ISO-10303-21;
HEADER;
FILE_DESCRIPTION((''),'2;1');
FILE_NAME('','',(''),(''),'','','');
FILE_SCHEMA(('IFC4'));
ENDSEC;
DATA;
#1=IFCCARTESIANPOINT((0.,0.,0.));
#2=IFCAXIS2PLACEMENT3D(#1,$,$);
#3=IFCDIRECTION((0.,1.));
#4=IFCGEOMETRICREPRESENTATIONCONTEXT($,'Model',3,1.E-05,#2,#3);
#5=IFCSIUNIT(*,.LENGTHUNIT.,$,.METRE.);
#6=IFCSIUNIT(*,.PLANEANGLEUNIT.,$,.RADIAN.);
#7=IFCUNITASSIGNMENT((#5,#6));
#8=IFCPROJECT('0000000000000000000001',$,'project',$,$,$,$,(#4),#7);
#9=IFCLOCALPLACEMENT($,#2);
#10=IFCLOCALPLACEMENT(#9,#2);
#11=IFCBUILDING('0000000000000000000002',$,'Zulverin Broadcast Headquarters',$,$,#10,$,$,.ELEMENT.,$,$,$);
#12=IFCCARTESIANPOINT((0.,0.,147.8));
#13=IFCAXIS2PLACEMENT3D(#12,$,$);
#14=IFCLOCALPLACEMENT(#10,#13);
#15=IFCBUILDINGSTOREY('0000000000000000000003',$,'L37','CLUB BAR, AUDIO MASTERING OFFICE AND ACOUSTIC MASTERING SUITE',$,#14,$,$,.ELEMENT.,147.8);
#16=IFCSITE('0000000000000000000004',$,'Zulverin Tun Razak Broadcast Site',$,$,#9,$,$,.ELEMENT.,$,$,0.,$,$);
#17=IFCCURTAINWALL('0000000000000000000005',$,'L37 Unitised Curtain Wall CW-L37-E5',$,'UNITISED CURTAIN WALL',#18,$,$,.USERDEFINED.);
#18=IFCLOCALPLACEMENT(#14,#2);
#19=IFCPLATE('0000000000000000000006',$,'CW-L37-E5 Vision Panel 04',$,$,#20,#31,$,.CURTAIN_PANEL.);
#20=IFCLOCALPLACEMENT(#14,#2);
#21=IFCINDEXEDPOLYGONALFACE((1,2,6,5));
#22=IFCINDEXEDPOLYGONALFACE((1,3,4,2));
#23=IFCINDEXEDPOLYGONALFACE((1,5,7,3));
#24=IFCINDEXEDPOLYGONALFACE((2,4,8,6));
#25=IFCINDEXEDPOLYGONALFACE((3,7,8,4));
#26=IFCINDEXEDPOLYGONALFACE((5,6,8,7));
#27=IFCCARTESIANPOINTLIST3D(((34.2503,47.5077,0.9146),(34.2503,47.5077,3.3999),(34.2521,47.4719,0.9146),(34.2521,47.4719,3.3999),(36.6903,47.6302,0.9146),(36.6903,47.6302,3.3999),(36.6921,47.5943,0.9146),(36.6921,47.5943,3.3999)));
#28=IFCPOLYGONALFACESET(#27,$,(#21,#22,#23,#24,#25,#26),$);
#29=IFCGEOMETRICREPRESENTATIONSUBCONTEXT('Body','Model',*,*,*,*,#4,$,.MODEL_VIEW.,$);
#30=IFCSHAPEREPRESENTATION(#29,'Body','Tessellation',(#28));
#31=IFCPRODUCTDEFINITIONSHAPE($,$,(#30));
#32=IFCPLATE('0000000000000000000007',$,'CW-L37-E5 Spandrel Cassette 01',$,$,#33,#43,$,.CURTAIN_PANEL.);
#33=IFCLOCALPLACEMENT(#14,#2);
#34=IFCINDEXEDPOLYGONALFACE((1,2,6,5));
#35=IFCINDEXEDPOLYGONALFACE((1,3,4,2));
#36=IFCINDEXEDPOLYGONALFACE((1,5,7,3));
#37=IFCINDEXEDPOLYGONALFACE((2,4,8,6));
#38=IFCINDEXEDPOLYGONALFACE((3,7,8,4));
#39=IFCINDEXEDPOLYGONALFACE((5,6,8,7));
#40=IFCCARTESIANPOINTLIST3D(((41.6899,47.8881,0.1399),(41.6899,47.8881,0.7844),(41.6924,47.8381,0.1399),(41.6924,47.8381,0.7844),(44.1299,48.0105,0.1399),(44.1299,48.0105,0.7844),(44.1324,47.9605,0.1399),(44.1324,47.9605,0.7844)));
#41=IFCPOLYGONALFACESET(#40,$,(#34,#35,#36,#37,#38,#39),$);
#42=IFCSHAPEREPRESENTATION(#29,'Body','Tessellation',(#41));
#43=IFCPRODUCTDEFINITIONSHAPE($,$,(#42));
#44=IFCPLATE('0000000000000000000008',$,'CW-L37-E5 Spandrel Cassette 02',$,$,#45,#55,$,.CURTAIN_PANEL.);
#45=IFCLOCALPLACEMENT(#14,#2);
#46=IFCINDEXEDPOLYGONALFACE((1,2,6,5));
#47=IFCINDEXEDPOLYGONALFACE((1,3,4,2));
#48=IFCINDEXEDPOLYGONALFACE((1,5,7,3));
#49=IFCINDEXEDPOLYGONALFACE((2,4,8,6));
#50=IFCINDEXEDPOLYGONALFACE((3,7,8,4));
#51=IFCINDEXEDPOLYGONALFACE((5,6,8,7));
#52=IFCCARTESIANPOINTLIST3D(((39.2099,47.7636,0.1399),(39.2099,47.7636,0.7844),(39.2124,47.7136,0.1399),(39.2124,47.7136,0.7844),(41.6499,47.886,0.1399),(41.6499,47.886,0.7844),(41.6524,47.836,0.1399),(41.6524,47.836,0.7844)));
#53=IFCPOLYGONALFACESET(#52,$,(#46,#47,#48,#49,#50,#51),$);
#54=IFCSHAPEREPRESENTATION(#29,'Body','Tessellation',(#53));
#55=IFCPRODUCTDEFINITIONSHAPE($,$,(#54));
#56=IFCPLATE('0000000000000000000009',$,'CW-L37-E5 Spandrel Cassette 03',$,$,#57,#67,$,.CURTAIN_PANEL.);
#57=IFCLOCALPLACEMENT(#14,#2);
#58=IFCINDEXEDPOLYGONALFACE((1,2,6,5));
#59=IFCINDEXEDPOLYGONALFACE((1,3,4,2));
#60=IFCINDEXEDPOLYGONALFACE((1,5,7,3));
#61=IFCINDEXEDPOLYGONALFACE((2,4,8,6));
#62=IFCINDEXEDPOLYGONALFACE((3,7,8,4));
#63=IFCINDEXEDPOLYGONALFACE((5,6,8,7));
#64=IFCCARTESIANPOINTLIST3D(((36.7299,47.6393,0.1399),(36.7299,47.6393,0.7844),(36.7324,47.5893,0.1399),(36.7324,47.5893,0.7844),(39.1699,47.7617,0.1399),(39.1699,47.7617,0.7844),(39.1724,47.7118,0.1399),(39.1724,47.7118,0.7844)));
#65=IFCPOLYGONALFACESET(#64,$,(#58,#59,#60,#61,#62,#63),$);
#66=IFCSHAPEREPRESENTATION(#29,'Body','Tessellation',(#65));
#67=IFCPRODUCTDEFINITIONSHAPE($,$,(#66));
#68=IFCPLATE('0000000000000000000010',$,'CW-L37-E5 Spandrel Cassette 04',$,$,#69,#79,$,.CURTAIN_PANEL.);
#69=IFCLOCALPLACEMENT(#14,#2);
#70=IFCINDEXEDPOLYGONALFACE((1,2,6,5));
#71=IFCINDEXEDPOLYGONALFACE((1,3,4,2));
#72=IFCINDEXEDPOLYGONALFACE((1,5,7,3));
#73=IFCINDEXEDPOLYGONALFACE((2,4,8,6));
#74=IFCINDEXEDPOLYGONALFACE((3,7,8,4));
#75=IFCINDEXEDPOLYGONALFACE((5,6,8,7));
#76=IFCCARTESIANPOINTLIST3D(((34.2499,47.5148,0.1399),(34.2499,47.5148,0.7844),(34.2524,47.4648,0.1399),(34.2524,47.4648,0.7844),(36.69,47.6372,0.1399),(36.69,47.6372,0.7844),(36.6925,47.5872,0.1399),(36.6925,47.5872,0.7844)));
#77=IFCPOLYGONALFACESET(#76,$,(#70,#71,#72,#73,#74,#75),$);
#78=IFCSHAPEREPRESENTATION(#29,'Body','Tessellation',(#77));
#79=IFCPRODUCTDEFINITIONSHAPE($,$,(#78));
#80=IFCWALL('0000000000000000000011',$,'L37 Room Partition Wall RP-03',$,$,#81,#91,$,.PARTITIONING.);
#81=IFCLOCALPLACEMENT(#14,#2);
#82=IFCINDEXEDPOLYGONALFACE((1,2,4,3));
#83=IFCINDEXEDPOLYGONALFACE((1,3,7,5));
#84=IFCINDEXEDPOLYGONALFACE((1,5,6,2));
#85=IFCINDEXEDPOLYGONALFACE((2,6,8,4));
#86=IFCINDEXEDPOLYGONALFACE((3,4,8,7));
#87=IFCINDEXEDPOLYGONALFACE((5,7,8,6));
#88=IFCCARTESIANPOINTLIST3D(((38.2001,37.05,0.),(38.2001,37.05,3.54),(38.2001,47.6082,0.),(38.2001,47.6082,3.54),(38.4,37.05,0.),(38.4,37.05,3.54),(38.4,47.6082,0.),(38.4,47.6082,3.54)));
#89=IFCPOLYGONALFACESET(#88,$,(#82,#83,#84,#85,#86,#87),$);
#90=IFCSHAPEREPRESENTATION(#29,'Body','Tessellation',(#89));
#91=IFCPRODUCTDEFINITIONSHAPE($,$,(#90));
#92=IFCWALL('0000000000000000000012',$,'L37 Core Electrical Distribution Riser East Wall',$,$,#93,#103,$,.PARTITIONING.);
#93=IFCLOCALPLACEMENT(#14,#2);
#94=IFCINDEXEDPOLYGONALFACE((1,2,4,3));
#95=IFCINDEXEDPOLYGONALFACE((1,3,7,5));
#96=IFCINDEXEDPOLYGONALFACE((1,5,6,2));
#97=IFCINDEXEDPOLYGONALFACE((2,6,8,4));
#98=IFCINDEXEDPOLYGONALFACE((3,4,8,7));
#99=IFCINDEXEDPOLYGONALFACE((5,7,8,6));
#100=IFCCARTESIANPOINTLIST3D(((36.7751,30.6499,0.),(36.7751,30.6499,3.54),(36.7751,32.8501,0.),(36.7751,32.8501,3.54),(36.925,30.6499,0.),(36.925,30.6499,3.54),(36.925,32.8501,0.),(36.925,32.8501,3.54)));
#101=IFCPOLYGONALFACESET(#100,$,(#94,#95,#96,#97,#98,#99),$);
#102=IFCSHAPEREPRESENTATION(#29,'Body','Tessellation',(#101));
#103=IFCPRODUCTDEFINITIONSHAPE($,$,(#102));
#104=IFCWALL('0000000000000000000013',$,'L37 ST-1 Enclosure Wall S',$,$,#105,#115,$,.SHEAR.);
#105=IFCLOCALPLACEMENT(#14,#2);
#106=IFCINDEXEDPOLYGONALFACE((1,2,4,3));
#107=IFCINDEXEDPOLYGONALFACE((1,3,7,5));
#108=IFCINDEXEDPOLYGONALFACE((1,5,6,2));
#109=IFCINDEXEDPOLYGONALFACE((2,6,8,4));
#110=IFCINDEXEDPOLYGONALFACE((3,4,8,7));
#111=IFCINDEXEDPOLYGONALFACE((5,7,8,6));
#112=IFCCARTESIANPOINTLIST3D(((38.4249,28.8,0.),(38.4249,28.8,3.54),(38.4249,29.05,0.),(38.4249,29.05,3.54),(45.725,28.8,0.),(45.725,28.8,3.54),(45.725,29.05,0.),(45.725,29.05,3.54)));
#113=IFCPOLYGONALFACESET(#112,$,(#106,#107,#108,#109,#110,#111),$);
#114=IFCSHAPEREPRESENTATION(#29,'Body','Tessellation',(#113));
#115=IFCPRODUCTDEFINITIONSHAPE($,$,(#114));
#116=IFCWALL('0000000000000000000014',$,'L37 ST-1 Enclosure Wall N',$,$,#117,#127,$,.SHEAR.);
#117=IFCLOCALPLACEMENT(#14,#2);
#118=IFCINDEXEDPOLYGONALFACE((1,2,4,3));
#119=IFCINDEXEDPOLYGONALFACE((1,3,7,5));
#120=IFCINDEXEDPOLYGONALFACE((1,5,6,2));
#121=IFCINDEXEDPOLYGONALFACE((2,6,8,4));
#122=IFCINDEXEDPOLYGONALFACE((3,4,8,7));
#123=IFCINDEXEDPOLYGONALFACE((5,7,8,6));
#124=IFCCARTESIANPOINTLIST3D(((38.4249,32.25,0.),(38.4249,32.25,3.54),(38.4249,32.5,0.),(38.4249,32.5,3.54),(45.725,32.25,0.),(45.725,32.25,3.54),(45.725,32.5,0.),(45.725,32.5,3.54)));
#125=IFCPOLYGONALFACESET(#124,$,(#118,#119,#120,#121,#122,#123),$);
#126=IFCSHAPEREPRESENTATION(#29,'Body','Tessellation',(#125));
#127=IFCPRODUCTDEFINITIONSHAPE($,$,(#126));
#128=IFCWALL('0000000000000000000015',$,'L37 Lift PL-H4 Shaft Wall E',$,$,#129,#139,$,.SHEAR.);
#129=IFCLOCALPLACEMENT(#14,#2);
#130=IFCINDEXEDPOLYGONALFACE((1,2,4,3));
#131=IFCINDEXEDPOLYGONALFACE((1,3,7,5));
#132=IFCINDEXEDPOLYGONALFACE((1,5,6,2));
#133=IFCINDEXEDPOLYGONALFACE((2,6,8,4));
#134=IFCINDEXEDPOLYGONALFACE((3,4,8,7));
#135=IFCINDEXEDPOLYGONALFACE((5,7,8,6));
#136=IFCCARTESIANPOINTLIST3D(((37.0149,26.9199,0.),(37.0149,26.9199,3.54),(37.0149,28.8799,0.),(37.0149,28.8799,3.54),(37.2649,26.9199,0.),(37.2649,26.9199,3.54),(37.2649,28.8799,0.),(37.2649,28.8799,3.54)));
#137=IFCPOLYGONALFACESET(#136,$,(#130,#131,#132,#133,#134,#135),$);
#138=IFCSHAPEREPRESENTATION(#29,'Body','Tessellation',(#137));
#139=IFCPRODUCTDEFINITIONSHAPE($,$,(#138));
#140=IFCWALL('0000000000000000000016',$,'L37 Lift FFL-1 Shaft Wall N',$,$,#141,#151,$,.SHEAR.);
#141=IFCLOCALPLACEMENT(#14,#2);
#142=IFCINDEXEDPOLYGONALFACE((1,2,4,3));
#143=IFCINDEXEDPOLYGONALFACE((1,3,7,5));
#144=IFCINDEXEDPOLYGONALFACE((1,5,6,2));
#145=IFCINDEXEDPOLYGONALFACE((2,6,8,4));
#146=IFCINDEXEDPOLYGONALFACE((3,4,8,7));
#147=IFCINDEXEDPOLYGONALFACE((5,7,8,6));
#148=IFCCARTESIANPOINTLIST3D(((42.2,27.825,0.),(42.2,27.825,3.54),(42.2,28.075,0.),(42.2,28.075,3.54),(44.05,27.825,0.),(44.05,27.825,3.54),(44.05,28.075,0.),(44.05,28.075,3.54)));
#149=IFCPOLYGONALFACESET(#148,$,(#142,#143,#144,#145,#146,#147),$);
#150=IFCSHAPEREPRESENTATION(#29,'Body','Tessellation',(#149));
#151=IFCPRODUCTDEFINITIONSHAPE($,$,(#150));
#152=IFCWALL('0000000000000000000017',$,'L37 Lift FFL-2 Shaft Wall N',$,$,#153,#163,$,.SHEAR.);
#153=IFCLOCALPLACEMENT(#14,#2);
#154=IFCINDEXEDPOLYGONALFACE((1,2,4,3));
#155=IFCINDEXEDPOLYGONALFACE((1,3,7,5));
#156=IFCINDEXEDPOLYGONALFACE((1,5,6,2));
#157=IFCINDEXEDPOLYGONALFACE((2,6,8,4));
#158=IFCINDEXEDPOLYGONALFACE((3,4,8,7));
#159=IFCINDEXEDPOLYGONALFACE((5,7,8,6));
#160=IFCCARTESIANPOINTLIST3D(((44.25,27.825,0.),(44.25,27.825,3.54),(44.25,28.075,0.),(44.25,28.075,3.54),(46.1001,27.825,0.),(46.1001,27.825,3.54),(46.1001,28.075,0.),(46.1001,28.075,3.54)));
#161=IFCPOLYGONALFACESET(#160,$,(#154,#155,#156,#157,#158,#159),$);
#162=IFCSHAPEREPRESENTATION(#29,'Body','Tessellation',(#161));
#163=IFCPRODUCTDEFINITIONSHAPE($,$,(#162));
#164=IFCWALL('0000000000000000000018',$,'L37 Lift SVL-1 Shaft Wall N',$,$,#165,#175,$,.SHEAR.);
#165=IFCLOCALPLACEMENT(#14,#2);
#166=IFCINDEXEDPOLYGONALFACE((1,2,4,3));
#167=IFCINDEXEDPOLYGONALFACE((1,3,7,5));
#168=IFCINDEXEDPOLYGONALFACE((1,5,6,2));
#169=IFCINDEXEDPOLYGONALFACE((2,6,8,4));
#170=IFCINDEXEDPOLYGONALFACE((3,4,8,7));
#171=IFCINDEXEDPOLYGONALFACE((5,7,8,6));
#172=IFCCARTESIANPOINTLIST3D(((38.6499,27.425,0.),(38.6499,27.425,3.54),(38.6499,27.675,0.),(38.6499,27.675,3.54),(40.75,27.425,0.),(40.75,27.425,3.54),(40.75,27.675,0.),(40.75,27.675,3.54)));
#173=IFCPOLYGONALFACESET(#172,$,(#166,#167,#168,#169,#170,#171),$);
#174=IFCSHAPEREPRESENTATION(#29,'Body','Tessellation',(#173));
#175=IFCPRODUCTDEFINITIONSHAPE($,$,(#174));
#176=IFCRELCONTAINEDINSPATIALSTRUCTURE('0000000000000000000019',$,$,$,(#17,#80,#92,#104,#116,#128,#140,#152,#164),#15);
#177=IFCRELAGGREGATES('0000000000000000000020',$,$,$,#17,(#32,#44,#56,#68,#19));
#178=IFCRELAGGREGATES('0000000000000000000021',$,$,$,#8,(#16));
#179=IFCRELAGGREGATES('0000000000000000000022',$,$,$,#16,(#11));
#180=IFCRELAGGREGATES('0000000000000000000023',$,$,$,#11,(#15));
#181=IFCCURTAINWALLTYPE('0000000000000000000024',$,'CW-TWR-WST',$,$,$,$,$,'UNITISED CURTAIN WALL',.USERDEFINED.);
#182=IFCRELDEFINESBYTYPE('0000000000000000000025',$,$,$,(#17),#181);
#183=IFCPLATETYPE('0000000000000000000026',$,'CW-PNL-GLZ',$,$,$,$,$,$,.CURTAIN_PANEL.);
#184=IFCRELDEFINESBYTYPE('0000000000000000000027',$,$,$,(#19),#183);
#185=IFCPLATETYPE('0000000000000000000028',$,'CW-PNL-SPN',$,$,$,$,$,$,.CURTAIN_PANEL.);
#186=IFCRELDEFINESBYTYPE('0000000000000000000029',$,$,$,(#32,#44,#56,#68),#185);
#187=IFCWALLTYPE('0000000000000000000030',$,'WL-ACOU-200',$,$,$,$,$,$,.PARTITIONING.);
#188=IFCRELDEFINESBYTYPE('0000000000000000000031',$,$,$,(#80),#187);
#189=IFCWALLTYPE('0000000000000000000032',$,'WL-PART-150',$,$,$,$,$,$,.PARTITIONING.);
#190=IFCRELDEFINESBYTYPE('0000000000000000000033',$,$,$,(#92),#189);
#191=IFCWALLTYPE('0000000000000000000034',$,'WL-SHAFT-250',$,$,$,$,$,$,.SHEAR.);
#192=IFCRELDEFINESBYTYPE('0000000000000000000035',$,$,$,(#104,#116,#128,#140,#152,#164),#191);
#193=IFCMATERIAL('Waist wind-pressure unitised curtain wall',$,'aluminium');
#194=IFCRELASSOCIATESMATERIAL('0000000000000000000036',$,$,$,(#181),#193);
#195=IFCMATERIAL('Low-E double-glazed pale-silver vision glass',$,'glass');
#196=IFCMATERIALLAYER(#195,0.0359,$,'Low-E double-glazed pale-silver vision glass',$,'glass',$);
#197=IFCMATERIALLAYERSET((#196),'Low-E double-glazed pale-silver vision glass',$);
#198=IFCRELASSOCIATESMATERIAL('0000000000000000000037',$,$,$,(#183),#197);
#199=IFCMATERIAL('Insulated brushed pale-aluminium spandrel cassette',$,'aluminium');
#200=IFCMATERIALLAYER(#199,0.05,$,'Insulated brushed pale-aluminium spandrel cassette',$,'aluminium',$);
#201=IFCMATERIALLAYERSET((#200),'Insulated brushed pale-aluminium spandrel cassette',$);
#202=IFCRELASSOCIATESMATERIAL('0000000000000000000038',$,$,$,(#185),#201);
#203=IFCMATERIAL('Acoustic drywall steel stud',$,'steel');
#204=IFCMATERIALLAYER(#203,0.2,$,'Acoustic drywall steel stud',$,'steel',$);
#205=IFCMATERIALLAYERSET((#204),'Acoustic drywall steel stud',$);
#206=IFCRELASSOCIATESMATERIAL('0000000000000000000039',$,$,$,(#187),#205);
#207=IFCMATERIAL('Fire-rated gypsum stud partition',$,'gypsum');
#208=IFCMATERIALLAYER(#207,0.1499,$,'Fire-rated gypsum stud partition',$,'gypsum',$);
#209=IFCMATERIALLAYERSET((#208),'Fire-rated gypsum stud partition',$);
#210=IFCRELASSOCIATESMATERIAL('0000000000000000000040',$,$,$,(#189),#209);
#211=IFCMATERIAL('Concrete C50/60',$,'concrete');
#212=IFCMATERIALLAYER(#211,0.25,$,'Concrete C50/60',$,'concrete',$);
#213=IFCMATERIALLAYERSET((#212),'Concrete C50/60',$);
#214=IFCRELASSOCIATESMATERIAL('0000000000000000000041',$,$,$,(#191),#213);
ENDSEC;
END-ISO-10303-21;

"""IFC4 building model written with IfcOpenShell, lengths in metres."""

from ifc_helpers import new_model, si_unit, direction, frame, frame_2d, origin, origin_2d, place, context, subcontext, project, spatial, rectangle, extrude, material, layer, layer_set, type_object, element, aggregate, save


model = new_model("IFC4")

# Units and contexts
model_context = context("Model", 3, precision=1e-05, world=origin(), true_north=direction((0.0, 1.0)))
body_context = subcontext(model_context, "Body", "Model", "MODEL_VIEW")
ifc_project = project(units=[si_unit("LENGTHUNIT", "METRE"), si_unit("PLANEANGLEUNIT", "RADIAN")], contexts=[model_context])

# Site, building, storey
site_placement = place(None, origin())
site = spatial("IfcSite", under=ifc_project, at=site_placement, Name="Zulverin Tun Razak Broadcast Site", CompositionType="ELEMENT", RefElevation=0.0)
building_placement = place(site_placement, origin())
building = spatial("IfcBuilding", under=site, at=building_placement, Name="Zulverin Broadcast Headquarters", CompositionType="ELEMENT")
storey_placement = place(building_placement, frame((0.0, 0.0, 147.8)))
storey = spatial("IfcBuildingStorey", under=building, at=storey_placement, Name="L37", Description="CLUB BAR, AUDIO MASTERING OFFICE AND ACOUSTIC MASTERING SUITE", CompositionType="ELEMENT", Elevation=147.8)

# Shared definitions
ifc_material_1 = material(Name="Concrete C50/60", Category="concrete")

# Curtain wall, plates
ifc_material_2 = material(Name="Waist wind-pressure unitised curtain wall", Category="aluminium")
curtain_wall_type = type_object("IfcCurtainWallType", Name="CW-TWR-WST", ElementType="UNITISED CURTAIN WALL", PredefinedType="USERDEFINED", material=ifc_material_2)
curtain_wall_placement = place(storey_placement, origin())
curtain_wall = element("IfcCurtainWall", 1, at=curtain_wall_placement, inside=storey, type_object=curtain_wall_type, Name="L37 Unitised Curtain Wall CW-L37-E5", ObjectType="UNITISED CURTAIN WALL", PredefinedType="USERDEFINED")
ifc_material_3 = material(Name="Low-E double-glazed pale-silver vision glass", Category="glass")
ifc_layer_1 = layer(ifc_material_3, 0.0359, Name="Low-E double-glazed pale-silver vision glass", Category="glass")
ifc_layer_set_1 = layer_set([ifc_layer_1], Name="Low-E double-glazed pale-silver vision glass")
plate_type_1 = type_object("IfcPlateType", Name="CW-PNL-GLZ", PredefinedType="CURTAIN_PANEL", material=ifc_layer_set_1)
plate_1_placement = place(storey_placement, frame((35.4712, 47.551, 0.9146), z_axis=(0.0, 0.0, 1.0), x_axis=(-0.998744, -0.050105, 0.0)))
plate_1 = element("IfcPlate", 2, at=plate_1_placement, type_object=plate_type_1, Name="CW-L37-E5 Vision Panel 04", PredefinedType="CURTAIN_PANEL", context=body_context, shape_type="SweptSolid", body=[
    extrude(rectangle(XDim=2.4431, YDim=0.0359, at=origin_2d()), origin(), (0.0, 0.0, 1.0), 2.4854),
])
ifc_material_4 = material(Name="Insulated brushed pale-aluminium spandrel cassette", Category="aluminium")
ifc_layer_2 = layer(ifc_material_4, 0.05, Name="Insulated brushed pale-aluminium spandrel cassette", Category="aluminium")
ifc_layer_set_2 = layer_set([ifc_layer_2], Name="Insulated brushed pale-aluminium spandrel cassette")
plate_type_2 = type_object("IfcPlateType", Name="CW-PNL-SPN", PredefinedType="CURTAIN_PANEL", material=ifc_layer_set_2)
plate_2_placement = place(storey_placement, frame((42.9111, 47.9243, 0.1399), z_axis=(0.0, 0.0, 1.0), x_axis=(-0.998744, -0.050105, 0.0)))
plate_2 = element("IfcPlate", 3, at=plate_2_placement, type_object=plate_type_2, Name="CW-L37-E5 Spandrel Cassette 01", PredefinedType="CURTAIN_PANEL", context=body_context, shape_type="SweptSolid", body=[
    extrude(rectangle(XDim=2.4431, YDim=0.05, at=origin_2d()), origin(), (0.0, 0.0, 1.0), 0.6445),
])
plate_3_placement = place(storey_placement, frame((40.4312, 47.7998, 0.1399), z_axis=(0.0, 0.0, 1.0), x_axis=(-0.998744, -0.050105, 0.0)))
plate_3 = element("IfcPlate", 4, at=plate_3_placement, type_object=plate_type_2, Name="CW-L37-E5 Spandrel Cassette 02", PredefinedType="CURTAIN_PANEL", context=body_context, shape_type="SweptSolid", body=[
    extrude(rectangle(XDim=2.4431, YDim=0.05, at=origin_2d()), origin(), (0.0, 0.0, 1.0), 0.6445),
])
plate_4_placement = place(storey_placement, frame((37.9512, 47.6755, 0.1399), z_axis=(0.0, 0.0, 1.0), x_axis=(-0.998744, -0.050105, 0.0)))
plate_4 = element("IfcPlate", 5, at=plate_4_placement, type_object=plate_type_2, Name="CW-L37-E5 Spandrel Cassette 03", PredefinedType="CURTAIN_PANEL", context=body_context, shape_type="SweptSolid", body=[
    extrude(rectangle(XDim=2.4431, YDim=0.05, at=origin_2d()), origin(), (0.0, 0.0, 1.0), 0.6445),
])
plate_5_placement = place(storey_placement, frame((35.4712, 47.551, 0.1399), z_axis=(0.0, 0.0, 1.0), x_axis=(-0.998744, -0.050105, 0.0)))
plate_5 = element("IfcPlate", 6, at=plate_5_placement, type_object=plate_type_2, Name="CW-L37-E5 Spandrel Cassette 04", PredefinedType="CURTAIN_PANEL", context=body_context, shape_type="SweptSolid", body=[
    extrude(rectangle(XDim=2.4431, YDim=0.05, at=origin_2d()), origin(), (0.0, 0.0, 1.0), 0.6445),
])
aggregate(curtain_wall, [plate_2, plate_3, plate_4, plate_5, plate_1])

# Walls
ifc_material_5 = material(Name="Acoustic drywall steel stud", Category="steel")
ifc_layer_3 = layer(ifc_material_5, 0.2, Name="Acoustic drywall steel stud", Category="steel")
ifc_layer_set_3 = layer_set([ifc_layer_3], Name="Acoustic drywall steel stud")
wall_type_1 = type_object("IfcWallType", Name="WL-ACOU-200", PredefinedType="PARTITIONING", material=ifc_layer_set_3)
wall_1_placement = place(storey_placement, frame((38.3, 37.05, 0.0), z_axis=(0.0, 0.0, 1.0), x_axis=(0.0, 1.0, 0.0)))
element("IfcWall", 7, at=wall_1_placement, inside=storey, type_object=wall_type_1, Name="L37 Room Partition Wall RP-03", PredefinedType="PARTITIONING", context=body_context, shape_type="SweptSolid", body=[
    extrude(rectangle(XDim=10.5581, YDim=0.2, at=frame_2d((5.2791, 0.0))), origin(), (0.0, 0.0, 1.0), 3.54),
])
ifc_material_6 = material(Name="Fire-rated gypsum stud partition", Category="gypsum")
ifc_layer_4 = layer(ifc_material_6, 0.1499, Name="Fire-rated gypsum stud partition", Category="gypsum")
ifc_layer_set_4 = layer_set([ifc_layer_4], Name="Fire-rated gypsum stud partition")
wall_type_2 = type_object("IfcWallType", Name="WL-PART-150", PredefinedType="PARTITIONING", material=ifc_layer_set_4)
wall_2_placement = place(storey_placement, frame((36.8501, 30.6499, 0.0), z_axis=(0.0, 0.0, 1.0), x_axis=(0.0, 1.0, 0.0)))
element("IfcWall", 8, at=wall_2_placement, inside=storey, type_object=wall_type_2, Name="L37 Core Electrical Distribution Riser East Wall", PredefinedType="PARTITIONING", context=body_context, shape_type="SweptSolid", body=[
    extrude(rectangle(XDim=2.2002, YDim=0.1499, at=frame_2d((1.1001, 0.0))), origin(), (0.0, 0.0, 1.0), 3.54),
])
ifc_layer_5 = layer(ifc_material_1, 0.25, Name="Concrete C50/60", Category="concrete")
ifc_layer_set_5 = layer_set([ifc_layer_5], Name="Concrete C50/60")
wall_type_3 = type_object("IfcWallType", Name="WL-SHAFT-250", PredefinedType="SHEAR", material=ifc_layer_set_5)
for number, where, z_axis, x_axis, name in (
    (9, (38.425, 28.925, 0.0), (0.0, 0.0, 1.0), (1.0, 0.0, 0.0), "L37 ST-1 Enclosure Wall S"),
    (10, (38.425, 32.375, 0.0), (0.0, 0.0, 1.0), (1.0, 0.0, 0.0), "L37 ST-1 Enclosure Wall N"),
):
    element("IfcWall", number, at=place(storey_placement, frame(where, z_axis=z_axis, x_axis=x_axis)), inside=storey, type_object=wall_type_3, Name=name, PredefinedType="SHEAR", context=body_context, shape_type="SweptSolid", body=[
        extrude(rectangle(XDim=7.3, YDim=0.25, at=frame_2d((3.6499, 0.0))), origin(), (0.0, 0.0, 1.0), 3.54),
    ])

# Walls
wall_3_placement = place(storey_placement, frame((37.1399, 26.9199, 0.0), z_axis=(0.0, 0.0, 1.0), x_axis=(0.0, 1.0, 0.0)))
element("IfcWall", 11, at=wall_3_placement, inside=storey, type_object=wall_type_3, Name="L37 Lift PL-H4 Shaft Wall E", PredefinedType="SHEAR", context=body_context, shape_type="SweptSolid", body=[
    extrude(rectangle(XDim=1.96, YDim=0.25, at=frame_2d((0.98, 0.0))), origin(), (0.0, 0.0, 1.0), 3.54),
])
for number, where, z_axis, x_axis, name in (
    (12, (42.2, 27.95, 0.0), (0.0, 0.0, 1.0), (1.0, 0.0, 0.0), "L37 Lift FFL-1 Shaft Wall N"),
    (13, (44.25, 27.95, 0.0), (0.0, 0.0, 1.0), (1.0, 0.0, 0.0), "L37 Lift FFL-2 Shaft Wall N"),
):
    element("IfcWall", number, at=place(storey_placement, frame(where, z_axis=z_axis, x_axis=x_axis)), inside=storey, type_object=wall_type_3, Name=name, PredefinedType="SHEAR", context=body_context, shape_type="SweptSolid", body=[
        extrude(rectangle(XDim=1.8501, YDim=0.25, at=frame_2d((0.925, 0.0))), origin(), (0.0, 0.0, 1.0), 3.54),
    ])
wall_4_placement = place(storey_placement, frame((38.6499, 27.55, 0.0), z_axis=(0.0, 0.0, 1.0), x_axis=(1.0, 0.0, 0.0)))
element("IfcWall", 14, at=wall_4_placement, inside=storey, type_object=wall_type_3, Name="L37 Lift SVL-1 Shaft Wall N", PredefinedType="SHEAR", context=body_context, shape_type="SweptSolid", body=[
    extrude(rectangle(XDim=2.1001, YDim=0.25, at=frame_2d((1.05, 0.0))), origin(), (0.0, 0.0, 1.0), 3.54),
])

save(model, "model.ifc")
